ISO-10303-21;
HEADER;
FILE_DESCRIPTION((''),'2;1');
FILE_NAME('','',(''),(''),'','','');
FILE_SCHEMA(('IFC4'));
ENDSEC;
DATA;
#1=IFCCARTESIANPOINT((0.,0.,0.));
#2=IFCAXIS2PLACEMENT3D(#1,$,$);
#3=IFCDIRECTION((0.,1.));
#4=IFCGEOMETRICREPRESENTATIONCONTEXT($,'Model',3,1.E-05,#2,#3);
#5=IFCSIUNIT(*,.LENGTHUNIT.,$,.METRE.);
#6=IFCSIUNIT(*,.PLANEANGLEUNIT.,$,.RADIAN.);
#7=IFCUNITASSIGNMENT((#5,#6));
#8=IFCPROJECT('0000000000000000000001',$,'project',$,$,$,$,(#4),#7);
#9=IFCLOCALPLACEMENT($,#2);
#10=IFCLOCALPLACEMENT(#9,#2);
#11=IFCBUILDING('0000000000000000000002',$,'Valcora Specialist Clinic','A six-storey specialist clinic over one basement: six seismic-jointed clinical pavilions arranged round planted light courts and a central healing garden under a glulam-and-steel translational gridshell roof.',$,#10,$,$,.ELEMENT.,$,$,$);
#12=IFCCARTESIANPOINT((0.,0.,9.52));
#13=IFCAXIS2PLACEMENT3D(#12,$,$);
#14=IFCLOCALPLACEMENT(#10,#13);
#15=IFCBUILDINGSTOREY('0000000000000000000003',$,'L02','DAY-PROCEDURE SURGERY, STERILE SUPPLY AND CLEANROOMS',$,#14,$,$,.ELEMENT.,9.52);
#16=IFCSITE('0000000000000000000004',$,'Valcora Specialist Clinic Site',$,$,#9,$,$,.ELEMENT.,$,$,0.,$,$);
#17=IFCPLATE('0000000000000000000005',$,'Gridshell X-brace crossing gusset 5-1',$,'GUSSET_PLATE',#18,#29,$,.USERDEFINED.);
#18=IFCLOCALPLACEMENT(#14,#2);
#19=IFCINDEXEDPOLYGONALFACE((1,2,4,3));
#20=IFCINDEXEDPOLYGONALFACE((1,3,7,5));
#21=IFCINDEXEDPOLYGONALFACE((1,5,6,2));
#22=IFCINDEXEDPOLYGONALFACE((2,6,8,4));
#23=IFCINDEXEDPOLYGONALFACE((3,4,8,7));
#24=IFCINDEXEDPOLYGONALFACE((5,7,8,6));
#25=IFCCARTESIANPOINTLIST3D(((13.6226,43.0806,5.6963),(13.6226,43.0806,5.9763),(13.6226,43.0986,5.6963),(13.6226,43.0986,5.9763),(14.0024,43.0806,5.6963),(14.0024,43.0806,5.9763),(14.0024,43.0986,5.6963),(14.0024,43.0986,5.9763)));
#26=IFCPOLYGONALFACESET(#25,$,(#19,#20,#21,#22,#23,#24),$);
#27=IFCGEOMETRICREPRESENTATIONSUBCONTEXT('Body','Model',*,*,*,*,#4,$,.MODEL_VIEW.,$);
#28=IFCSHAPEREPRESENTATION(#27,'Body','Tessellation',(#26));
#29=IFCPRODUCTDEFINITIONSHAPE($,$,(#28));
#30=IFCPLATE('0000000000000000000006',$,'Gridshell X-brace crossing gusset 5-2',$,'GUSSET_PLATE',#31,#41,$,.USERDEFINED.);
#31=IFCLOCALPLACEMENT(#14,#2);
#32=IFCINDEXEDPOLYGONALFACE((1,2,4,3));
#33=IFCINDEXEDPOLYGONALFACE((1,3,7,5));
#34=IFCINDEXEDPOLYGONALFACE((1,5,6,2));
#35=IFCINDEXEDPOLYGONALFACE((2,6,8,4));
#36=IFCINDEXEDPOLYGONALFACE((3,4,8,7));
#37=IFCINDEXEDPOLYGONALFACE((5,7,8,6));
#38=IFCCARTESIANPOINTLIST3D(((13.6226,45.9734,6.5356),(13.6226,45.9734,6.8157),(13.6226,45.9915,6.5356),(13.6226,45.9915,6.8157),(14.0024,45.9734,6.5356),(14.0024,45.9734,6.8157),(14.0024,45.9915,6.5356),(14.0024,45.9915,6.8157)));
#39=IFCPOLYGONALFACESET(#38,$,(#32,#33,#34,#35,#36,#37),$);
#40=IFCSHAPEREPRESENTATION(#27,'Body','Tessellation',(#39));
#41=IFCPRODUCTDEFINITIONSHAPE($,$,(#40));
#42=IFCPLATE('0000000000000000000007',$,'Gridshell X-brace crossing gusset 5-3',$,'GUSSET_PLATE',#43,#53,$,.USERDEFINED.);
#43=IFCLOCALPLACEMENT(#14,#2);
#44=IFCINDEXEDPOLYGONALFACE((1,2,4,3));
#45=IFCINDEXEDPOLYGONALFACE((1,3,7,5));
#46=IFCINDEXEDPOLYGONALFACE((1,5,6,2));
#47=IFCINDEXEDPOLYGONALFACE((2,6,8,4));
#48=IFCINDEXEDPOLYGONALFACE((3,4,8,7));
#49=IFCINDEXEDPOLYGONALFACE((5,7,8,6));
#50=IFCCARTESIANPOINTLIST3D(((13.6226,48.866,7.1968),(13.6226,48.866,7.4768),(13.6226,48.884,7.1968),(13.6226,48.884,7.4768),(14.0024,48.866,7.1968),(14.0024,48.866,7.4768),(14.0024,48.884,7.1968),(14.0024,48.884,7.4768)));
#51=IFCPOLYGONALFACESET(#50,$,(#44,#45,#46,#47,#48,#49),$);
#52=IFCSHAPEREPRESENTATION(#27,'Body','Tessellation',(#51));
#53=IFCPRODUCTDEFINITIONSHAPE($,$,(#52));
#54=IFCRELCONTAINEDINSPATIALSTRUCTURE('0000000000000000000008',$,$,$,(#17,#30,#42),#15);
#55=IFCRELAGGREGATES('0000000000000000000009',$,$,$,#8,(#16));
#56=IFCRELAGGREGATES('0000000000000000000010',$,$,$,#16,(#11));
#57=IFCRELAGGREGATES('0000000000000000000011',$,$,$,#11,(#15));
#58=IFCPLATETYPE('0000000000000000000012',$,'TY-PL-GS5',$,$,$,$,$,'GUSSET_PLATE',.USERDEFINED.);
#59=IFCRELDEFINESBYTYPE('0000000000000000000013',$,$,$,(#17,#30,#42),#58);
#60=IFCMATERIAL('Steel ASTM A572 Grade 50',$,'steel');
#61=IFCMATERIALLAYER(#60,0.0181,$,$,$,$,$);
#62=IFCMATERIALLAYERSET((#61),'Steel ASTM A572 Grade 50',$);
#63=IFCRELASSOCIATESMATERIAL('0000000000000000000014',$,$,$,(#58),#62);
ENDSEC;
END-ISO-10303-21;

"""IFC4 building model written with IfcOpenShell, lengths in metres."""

from ifc_helpers import new_model, si_unit, direction, frame, origin, origin_2d, place, context, subcontext, project, spatial, rectangle, extrude, material, layer, layer_set, type_object, element, save


model = new_model("IFC4")

# Units and contexts
model_context = context("Model", 3, precision=1e-05, world=origin(), true_north=direction((0.0, 1.0)))
body_context = subcontext(model_context, "Body", "Model", "MODEL_VIEW")
ifc_project = project(units=[si_unit("LENGTHUNIT", "METRE"), si_unit("PLANEANGLEUNIT", "RADIAN")], contexts=[model_context])

# Site, building, storey
site_placement = place(None, origin())
site = spatial("IfcSite", under=ifc_project, at=site_placement, Name="Valcora Specialist Clinic Site", CompositionType="ELEMENT", RefElevation=0.0)
building_placement = place(site_placement, origin())
building = spatial("IfcBuilding", under=site, at=building_placement, Name="Valcora Specialist Clinic", Description="A six-storey specialist clinic over one basement: six seismic-jointed clinical pavilions arranged round planted light courts and a central healing garden under a glulam-and-steel translational gridshell roof.", CompositionType="ELEMENT")
storey_placement = place(building_placement, frame((0.0, 0.0, 9.52)))
storey = spatial("IfcBuildingStorey", under=building, at=storey_placement, Name="L02", Description="DAY-PROCEDURE SURGERY, STERILE SUPPLY AND CLEANROOMS", CompositionType="ELEMENT", Elevation=9.52)

# Plates
ifc_material_1 = material(Name="Steel ASTM A572 Grade 50", Category="steel")
ifc_layer_1 = layer(ifc_material_1, 0.0181)
ifc_layer_set_1 = layer_set([ifc_layer_1], Name="Steel ASTM A572 Grade 50")
plate_type_1 = type_object("IfcPlateType", Name="TY-PL-GS5", ElementType="GUSSET_PLATE", PredefinedType="USERDEFINED", material=ifc_layer_set_1)
for number, where, z_axis, x_axis, name in (
    (1, (13.8125, 43.0896, 5.6963), (0.0, 0.0, 1.0), (1.0, 0.0, 0.0), "Gridshell X-brace crossing gusset 5-1"),
    (2, (13.8125, 45.9824, 6.5356), (0.0, 0.0, 1.0), (1.0, 0.0, 0.0), "Gridshell X-brace crossing gusset 5-2"),
    (3, (13.8125, 48.875, 7.1968), (0.0, 0.0, 1.0), (1.0, 0.0, 0.0), "Gridshell X-brace crossing gusset 5-3"),
):
    element("IfcPlate", number, at=place(storey_placement, frame(where, z_axis=z_axis, x_axis=x_axis)), inside=storey, type_object=plate_type_1, Name=name, ObjectType="GUSSET_PLATE", PredefinedType="USERDEFINED", context=body_context, shape_type="SweptSolid", body=[
        extrude(rectangle(XDim=0.3799, YDim=0.0181, at=origin_2d()), origin(), (0.0, 0.0, 1.0), 0.28),
    ])

save(model, "model.ifc")
